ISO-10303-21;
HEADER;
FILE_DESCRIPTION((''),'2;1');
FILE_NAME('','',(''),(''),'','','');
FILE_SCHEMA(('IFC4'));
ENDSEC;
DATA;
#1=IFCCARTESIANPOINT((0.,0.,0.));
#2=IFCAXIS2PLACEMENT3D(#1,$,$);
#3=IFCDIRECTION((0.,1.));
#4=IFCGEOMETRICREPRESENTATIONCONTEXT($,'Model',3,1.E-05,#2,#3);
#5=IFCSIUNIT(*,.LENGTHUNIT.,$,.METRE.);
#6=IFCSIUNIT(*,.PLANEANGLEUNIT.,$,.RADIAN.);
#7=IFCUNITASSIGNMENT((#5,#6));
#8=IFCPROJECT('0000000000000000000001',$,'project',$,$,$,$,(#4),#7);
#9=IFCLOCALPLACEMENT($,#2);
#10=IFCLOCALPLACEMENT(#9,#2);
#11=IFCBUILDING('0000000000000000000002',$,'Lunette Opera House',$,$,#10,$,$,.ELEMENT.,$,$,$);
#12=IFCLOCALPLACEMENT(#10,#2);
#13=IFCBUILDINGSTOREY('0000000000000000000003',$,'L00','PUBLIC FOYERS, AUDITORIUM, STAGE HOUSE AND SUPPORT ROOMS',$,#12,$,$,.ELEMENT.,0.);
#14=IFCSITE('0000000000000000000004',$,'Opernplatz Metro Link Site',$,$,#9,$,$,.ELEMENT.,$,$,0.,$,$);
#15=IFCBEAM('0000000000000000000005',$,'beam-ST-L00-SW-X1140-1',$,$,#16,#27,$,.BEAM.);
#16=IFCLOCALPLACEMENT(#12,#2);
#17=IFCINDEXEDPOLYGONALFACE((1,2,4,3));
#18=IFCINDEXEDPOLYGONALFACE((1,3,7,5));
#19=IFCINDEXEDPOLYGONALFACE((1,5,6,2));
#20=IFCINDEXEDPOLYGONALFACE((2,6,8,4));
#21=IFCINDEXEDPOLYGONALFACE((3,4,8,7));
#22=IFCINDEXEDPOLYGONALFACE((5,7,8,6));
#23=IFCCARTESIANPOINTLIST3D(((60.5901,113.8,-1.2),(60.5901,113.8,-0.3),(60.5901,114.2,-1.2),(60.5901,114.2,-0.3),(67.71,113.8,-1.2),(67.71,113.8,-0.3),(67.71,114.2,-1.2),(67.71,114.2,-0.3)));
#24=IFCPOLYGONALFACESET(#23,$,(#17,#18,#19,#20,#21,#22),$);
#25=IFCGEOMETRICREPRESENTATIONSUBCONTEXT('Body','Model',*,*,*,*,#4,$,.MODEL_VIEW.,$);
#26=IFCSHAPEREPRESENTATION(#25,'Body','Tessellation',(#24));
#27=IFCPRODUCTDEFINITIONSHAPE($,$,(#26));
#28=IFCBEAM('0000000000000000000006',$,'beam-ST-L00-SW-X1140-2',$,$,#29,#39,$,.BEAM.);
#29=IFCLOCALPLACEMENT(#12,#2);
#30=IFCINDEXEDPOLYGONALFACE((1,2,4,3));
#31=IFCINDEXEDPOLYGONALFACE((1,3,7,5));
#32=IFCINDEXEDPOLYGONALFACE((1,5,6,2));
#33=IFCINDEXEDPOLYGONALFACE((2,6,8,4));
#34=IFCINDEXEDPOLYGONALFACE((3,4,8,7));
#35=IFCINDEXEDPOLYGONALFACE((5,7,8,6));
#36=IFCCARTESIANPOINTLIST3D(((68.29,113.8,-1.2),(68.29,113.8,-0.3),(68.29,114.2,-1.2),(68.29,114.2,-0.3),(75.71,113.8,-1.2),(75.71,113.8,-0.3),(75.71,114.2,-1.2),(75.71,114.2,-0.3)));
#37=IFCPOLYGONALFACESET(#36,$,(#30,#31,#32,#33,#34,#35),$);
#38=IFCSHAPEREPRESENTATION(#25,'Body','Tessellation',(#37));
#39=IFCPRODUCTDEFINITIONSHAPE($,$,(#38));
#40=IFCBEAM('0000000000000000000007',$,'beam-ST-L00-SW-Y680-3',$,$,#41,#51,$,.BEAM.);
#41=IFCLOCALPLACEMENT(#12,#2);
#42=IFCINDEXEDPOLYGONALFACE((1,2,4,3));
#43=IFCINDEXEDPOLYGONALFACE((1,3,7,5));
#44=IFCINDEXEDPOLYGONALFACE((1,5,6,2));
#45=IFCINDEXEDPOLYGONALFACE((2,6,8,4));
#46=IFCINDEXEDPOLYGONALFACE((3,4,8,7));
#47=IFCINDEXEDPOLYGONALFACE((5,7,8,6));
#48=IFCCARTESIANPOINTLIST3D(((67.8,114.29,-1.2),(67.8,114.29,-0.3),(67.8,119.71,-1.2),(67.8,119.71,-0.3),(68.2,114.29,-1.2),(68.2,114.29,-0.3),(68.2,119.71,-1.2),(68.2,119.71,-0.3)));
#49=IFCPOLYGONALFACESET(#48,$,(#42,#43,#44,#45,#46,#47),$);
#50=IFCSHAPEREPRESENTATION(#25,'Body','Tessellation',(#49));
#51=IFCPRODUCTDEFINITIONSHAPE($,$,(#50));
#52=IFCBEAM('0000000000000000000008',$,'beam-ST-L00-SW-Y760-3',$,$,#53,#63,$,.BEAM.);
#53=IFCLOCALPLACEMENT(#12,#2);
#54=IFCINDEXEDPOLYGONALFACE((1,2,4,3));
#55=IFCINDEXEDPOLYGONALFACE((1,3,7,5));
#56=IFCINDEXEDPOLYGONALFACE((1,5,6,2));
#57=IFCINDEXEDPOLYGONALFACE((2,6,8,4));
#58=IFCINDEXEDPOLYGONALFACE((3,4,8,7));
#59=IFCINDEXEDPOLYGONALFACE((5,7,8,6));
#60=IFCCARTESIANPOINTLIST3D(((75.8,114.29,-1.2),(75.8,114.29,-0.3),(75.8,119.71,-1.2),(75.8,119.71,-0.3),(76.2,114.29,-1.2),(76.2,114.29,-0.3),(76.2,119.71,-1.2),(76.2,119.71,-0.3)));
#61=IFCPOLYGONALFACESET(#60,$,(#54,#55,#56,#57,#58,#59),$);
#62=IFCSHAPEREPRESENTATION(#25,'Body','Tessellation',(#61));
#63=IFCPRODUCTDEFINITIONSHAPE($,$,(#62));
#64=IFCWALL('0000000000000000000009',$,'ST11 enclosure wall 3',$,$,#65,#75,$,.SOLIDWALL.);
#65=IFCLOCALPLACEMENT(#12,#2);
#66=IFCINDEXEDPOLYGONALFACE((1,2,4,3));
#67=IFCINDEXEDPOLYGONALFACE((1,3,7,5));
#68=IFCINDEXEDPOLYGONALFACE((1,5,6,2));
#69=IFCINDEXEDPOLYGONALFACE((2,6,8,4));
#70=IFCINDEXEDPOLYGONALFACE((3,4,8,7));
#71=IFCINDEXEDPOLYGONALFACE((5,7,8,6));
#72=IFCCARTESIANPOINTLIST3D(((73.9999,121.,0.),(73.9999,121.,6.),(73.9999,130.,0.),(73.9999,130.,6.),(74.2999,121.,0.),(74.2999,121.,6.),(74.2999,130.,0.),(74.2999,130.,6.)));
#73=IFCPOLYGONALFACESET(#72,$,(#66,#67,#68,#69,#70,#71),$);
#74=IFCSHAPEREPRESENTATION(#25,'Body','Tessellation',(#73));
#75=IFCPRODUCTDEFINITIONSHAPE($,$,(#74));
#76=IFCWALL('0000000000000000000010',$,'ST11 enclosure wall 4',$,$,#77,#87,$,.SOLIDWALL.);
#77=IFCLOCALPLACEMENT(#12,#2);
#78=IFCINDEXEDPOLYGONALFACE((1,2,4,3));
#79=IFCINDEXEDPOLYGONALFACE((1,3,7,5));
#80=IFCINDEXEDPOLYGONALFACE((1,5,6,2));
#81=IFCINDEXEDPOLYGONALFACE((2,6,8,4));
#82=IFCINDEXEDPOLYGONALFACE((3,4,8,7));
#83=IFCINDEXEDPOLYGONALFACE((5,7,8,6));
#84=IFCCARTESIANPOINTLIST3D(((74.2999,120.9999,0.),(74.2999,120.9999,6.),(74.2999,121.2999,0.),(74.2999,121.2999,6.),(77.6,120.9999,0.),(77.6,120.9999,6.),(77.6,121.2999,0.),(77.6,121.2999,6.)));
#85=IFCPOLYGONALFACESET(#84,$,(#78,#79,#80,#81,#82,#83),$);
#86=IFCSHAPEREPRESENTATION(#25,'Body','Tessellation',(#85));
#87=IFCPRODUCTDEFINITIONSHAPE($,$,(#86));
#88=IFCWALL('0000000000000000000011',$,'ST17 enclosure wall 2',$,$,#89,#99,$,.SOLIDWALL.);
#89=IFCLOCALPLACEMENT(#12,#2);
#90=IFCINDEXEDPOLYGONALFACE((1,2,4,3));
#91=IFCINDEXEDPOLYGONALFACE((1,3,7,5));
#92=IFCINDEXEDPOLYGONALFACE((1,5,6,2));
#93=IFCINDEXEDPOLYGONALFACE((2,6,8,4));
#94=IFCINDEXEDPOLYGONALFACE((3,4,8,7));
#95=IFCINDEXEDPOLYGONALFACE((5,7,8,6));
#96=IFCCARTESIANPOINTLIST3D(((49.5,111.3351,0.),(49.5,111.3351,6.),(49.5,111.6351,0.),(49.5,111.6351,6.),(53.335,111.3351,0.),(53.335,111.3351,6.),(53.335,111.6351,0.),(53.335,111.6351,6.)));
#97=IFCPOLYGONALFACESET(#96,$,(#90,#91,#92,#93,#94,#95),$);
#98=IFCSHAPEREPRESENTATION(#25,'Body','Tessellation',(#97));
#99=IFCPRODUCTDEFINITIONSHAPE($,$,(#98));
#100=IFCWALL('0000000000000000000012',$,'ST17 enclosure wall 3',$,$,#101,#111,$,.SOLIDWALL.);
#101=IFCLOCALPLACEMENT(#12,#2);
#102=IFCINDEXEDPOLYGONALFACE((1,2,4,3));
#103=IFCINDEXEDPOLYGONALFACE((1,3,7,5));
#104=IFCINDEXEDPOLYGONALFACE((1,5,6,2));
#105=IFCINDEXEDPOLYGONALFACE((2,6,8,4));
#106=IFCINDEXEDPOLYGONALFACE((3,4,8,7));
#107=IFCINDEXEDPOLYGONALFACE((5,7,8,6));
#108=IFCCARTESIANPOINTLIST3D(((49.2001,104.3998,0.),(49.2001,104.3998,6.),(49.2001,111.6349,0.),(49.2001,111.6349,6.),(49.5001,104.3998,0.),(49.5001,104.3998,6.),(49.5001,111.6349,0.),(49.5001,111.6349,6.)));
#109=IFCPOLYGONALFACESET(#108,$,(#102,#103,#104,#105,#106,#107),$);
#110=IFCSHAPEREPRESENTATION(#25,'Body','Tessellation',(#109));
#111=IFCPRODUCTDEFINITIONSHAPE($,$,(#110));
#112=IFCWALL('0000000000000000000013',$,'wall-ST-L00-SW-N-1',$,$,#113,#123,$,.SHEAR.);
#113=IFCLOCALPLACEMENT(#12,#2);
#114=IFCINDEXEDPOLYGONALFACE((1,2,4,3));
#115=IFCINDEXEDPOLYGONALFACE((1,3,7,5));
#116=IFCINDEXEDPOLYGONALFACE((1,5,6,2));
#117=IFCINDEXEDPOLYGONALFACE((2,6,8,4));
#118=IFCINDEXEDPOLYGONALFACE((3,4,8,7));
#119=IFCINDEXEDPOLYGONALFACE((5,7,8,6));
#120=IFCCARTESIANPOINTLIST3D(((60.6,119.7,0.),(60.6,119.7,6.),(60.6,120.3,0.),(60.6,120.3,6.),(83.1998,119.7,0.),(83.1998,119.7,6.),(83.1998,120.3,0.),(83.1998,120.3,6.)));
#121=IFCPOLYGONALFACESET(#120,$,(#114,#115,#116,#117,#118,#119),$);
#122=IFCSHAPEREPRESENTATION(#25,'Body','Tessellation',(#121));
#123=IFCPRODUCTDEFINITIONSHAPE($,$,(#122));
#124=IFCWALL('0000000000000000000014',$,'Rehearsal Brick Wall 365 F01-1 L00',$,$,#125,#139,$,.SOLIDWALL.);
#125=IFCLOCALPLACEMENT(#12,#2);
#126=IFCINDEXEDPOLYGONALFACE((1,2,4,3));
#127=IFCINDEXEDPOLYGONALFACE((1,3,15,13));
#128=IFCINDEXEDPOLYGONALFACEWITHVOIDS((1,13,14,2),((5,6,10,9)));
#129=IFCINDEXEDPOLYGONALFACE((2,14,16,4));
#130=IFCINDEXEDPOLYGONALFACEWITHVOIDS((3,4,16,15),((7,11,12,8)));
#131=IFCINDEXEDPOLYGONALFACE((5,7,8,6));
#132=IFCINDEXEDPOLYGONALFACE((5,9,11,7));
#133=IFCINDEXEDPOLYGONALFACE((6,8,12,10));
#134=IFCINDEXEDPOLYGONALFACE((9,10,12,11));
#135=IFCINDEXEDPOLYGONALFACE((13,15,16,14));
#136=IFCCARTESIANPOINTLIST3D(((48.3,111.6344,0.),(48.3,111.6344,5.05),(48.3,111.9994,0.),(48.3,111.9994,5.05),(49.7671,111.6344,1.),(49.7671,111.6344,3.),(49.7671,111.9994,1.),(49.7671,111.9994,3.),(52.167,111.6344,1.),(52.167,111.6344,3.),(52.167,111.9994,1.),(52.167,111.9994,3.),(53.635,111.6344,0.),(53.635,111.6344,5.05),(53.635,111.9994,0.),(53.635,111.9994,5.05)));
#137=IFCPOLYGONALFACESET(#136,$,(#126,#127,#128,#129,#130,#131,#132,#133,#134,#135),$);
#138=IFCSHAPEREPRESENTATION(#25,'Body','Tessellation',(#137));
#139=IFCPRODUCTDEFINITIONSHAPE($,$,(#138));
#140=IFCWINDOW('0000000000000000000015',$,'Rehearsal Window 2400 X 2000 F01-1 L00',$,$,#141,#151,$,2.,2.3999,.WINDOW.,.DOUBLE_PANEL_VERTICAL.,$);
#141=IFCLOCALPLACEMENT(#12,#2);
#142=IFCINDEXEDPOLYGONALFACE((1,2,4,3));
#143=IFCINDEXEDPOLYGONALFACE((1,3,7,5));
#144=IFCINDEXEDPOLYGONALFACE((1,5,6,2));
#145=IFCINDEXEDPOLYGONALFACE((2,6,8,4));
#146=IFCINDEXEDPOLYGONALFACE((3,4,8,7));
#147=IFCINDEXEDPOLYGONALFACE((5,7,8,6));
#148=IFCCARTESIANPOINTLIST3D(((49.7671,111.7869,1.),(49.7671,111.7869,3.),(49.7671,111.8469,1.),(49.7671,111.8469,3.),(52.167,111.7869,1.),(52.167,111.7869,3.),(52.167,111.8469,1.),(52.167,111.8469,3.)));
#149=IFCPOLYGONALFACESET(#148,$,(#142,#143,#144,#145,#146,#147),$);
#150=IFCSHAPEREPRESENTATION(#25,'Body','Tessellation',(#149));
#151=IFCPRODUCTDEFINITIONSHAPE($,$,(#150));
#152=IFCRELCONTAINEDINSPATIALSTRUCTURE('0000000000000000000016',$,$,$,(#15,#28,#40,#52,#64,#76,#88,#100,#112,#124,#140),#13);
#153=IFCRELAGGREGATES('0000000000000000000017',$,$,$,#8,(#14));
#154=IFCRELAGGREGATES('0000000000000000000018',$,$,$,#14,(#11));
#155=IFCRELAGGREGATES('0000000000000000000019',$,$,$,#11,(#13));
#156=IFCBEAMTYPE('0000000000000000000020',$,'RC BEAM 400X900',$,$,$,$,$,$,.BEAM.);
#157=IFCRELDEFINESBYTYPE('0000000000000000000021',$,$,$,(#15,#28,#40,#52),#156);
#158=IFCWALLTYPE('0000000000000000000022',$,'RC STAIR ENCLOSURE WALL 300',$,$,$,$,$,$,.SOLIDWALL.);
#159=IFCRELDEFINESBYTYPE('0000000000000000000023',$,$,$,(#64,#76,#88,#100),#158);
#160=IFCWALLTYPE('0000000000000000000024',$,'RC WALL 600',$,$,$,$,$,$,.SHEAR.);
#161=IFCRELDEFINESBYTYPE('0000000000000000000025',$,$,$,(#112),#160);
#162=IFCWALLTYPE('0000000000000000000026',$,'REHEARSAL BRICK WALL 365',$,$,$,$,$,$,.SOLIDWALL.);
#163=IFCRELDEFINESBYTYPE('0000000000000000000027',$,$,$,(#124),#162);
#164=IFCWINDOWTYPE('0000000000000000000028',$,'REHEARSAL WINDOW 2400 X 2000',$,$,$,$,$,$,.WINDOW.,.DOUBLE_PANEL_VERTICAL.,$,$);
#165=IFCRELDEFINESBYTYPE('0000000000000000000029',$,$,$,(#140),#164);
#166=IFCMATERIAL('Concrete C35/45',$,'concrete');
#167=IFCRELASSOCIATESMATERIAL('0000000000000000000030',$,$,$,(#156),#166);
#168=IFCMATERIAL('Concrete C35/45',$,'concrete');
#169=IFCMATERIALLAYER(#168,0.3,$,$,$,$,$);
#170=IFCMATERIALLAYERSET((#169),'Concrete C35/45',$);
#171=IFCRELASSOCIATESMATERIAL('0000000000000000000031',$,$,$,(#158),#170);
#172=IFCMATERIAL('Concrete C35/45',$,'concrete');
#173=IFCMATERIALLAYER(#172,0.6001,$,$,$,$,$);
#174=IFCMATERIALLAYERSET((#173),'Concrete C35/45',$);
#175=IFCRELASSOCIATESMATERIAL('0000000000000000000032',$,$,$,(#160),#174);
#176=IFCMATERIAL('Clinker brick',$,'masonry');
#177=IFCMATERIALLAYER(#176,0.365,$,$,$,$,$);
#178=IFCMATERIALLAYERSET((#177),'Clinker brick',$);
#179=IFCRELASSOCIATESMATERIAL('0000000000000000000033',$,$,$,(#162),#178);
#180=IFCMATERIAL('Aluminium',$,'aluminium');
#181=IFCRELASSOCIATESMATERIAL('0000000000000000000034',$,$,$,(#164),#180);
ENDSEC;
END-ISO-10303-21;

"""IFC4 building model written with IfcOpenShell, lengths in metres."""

from ifc_helpers import new_model, si_unit, direction, frame, frame_2d, origin, origin_2d, place, context, subcontext, project, spatial, rectangle, extrude, material, layer, layer_set, material_profile, profile_set, type_object, element, fill, save


model = new_model("IFC4")

# Units and contexts
model_context = context("Model", 3, precision=1e-05, world=origin(), true_north=direction((0.0, 1.0)))
body_context = subcontext(model_context, "Body", "Model", "MODEL_VIEW")
ifc_project = project(units=[si_unit("LENGTHUNIT", "METRE"), si_unit("PLANEANGLEUNIT", "RADIAN")], contexts=[model_context])

# Site, building, storey
site_placement = place(None, origin())
site = spatial("IfcSite", under=ifc_project, at=site_placement, Name="Opernplatz Metro Link Site", CompositionType="ELEMENT", RefElevation=0.0)
building_placement = place(site_placement, origin())
building = spatial("IfcBuilding", under=site, at=building_placement, Name="Lunette Opera House", CompositionType="ELEMENT")
storey_placement = place(building_placement, origin())
storey = spatial("IfcBuildingStorey", under=building, at=storey_placement, Name="L00", Description="PUBLIC FOYERS, AUDITORIUM, STAGE HOUSE AND SUPPORT ROOMS", CompositionType="ELEMENT", Elevation=0.0)

# Beams
ifc_material_1 = material(Name="Concrete C35/45", Category="concrete")
ifc_material_profile = material_profile(ifc_material_1, rectangle(XDim=0.3999, YDim=0.8999, at=origin_2d()), Name="RC BEAM 400X900")
ifc_profile_set = profile_set([ifc_material_profile], Name="Concrete C35/45")
beam_type = type_object("IfcBeamType", Name="RC BEAM 400X900", PredefinedType="BEAM", material=ifc_profile_set)
beam_1_placement = place(storey_placement, frame((60.5901, 114.0, -0.75), z_axis=(1.0, 0.0, 0.0), x_axis=(0.0, 1.0, 0.0)))
element("IfcBeam", 1, at=beam_1_placement, inside=storey, type_object=beam_type, Name="beam-ST-L00-SW-X1140-1", PredefinedType="BEAM", context=body_context, shape_type="SweptSolid", body=[
    extrude(rectangle(XDim=0.3999, YDim=0.8999, at=origin_2d()), origin(), (0.0, 0.0, 1.0), 7.1199),
])
beam_2_placement = place(storey_placement, frame((68.29, 114.0, -0.75), z_axis=(1.0, 0.0, 0.0), x_axis=(0.0, 1.0, 0.0)))
element("IfcBeam", 2, at=beam_2_placement, inside=storey, type_object=beam_type, Name="beam-ST-L00-SW-X1140-2", PredefinedType="BEAM", context=body_context, shape_type="SweptSolid", body=[
    extrude(rectangle(XDim=0.3999, YDim=0.8999, at=origin_2d()), origin(), (0.0, 0.0, 1.0), 7.4199),
])
for number, where, z_axis, x_axis, name in (
    (3, (68.0, 114.29, -0.75), (0.0, 1.0, 0.0), (-1.0, 0.0, 0.0), "beam-ST-L00-SW-Y680-3"),
    (4, (76.0, 114.29, -0.75), (0.0, 1.0, 0.0), (-1.0, 0.0, 0.0), "beam-ST-L00-SW-Y760-3"),
):
    element("IfcBeam", number, at=place(storey_placement, frame(where, z_axis=z_axis, x_axis=x_axis)), inside=storey, type_object=beam_type, Name=name, PredefinedType="BEAM", context=body_context, shape_type="SweptSolid", body=[
        extrude(rectangle(XDim=0.3999, YDim=0.8999, at=origin_2d()), origin(), (0.0, 0.0, 1.0), 5.4199),
    ])

# Walls
ifc_material_2 = material(Name="Concrete C35/45", Category="concrete")
ifc_layer_1 = layer(ifc_material_2, 0.3)
ifc_layer_set_1 = layer_set([ifc_layer_1], Name="Concrete C35/45")
wall_type_1 = type_object("IfcWallType", Name="RC STAIR ENCLOSURE WALL 300", PredefinedType="SOLIDWALL", material=ifc_layer_set_1)
wall_1_placement = place(storey_placement, frame((74.1499, 130.0, 0.0), z_axis=(0.0, 0.0, 1.0), x_axis=(0.0, -1.0, 0.0)))
element("IfcWall", 5, at=wall_1_placement, inside=storey, type_object=wall_type_1, Name="ST11 enclosure wall 3", PredefinedType="SOLIDWALL", context=body_context, shape_type="SweptSolid", body=[
    extrude(rectangle(XDim=9.0, YDim=0.3, at=frame_2d((4.5, 0.0))), origin(), (0.0, 0.0, 1.0), 6.0),
])
wall_2_placement = place(storey_placement, frame((74.3, 121.1499, 0.0), z_axis=(0.0, 0.0, 1.0), x_axis=(1.0, 0.0, 0.0)))
element("IfcWall", 6, at=wall_2_placement, inside=storey, type_object=wall_type_1, Name="ST11 enclosure wall 4", PredefinedType="SOLIDWALL", context=body_context, shape_type="SweptSolid", body=[
    extrude(rectangle(XDim=3.3, YDim=0.3, at=frame_2d((1.6499, 0.0))), origin(), (0.0, 0.0, 1.0), 6.0),
])
wall_3_placement = place(storey_placement, frame((53.335, 111.4851, 0.0), z_axis=(0.0, 0.0, 1.0), x_axis=(-1.0, 0.0, 0.0)))
element("IfcWall", 7, at=wall_3_placement, inside=storey, type_object=wall_type_1, Name="ST17 enclosure wall 2", PredefinedType="SOLIDWALL", context=body_context, shape_type="SweptSolid", body=[
    extrude(rectangle(XDim=3.835, YDim=0.3, at=frame_2d((1.9175, 0.0))), origin(), (0.0, 0.0, 1.0), 6.0),
])
wall_4_placement = place(storey_placement, frame((49.3501, 111.635, 0.0), z_axis=(0.0, 0.0, 1.0), x_axis=(0.0, -1.0, 0.0)))
element("IfcWall", 8, at=wall_4_placement, inside=storey, type_object=wall_type_1, Name="ST17 enclosure wall 3", PredefinedType="SOLIDWALL", context=body_context, shape_type="SweptSolid", body=[
    extrude(rectangle(XDim=7.2351, YDim=0.3, at=frame_2d((3.6177, 0.0))), origin(), (0.0, 0.0, 1.0), 6.0),
])
ifc_material_3 = material(Name="Concrete C35/45", Category="concrete")
ifc_layer_2 = layer(ifc_material_3, 0.6001)
ifc_layer_set_2 = layer_set([ifc_layer_2], Name="Concrete C35/45")
wall_type_2 = type_object("IfcWallType", Name="RC WALL 600", PredefinedType="SHEAR", material=ifc_layer_set_2)
wall_5_placement = place(storey_placement, frame((60.6001, 120.0, 0.0), z_axis=(0.0, 0.0, 1.0), x_axis=(1.0, 0.0, 0.0)))
element("IfcWall", 9, at=wall_5_placement, inside=storey, type_object=wall_type_2, Name="wall-ST-L00-SW-N-1", PredefinedType="SHEAR", context=body_context, shape_type="SweptSolid", body=[
    extrude(rectangle(XDim=22.5999, YDim=0.6001, at=frame_2d((11.2998, 0.0))), origin(), (0.0, 0.0, 1.0), 6.0),
])

# Wall, opening, window
ifc_material_4 = material(Name="Clinker brick", Category="masonry")
ifc_layer_3 = layer(ifc_material_4, 0.365)
ifc_layer_set_3 = layer_set([ifc_layer_3], Name="Clinker brick")
wall_type_3 = type_object("IfcWallType", Name="REHEARSAL BRICK WALL 365", PredefinedType="SOLIDWALL", material=ifc_layer_set_3)
wall_6_placement = place(storey_placement, frame((53.635, 111.8169, 0.0), z_axis=(0.0, 0.0, 1.0), x_axis=(-1.0, 0.0, 0.0)))
wall_6 = element("IfcWall", 10, at=wall_6_placement, inside=storey, type_object=wall_type_3, Name="Rehearsal Brick Wall 365 F01-1 L00", PredefinedType="SOLIDWALL", context=body_context, shape_type="SweptSolid", body=[
    extrude(rectangle(XDim=5.335, YDim=0.365, at=frame_2d((2.6675, 0.0))), origin(), (0.0, 0.0, 1.0), 5.05),
])
opening_placement = place(wall_6_placement, frame((1.468, 0.0, 1.0)))
opening = element("IfcOpeningElement", 11, at=opening_placement, cuts=wall_6, PredefinedType="OPENING", context=body_context, shape_type="SweptSolid", body=[
    extrude(rectangle(XDim=2.3999, YDim=2.0, at=frame_2d((1.2, 1.0))), frame((0.0, 0.1946, 0.0), z_axis=(0.0, -1.0, 0.0), x_axis=(1.0, 0.0, 0.0)), (0.0, 0.0, 1.0), 0.3889),
])
ifc_material_5 = material(Name="Aluminium", Category="aluminium")
window_type = type_object("IfcWindowType", Name="REHEARSAL WINDOW 2400 X 2000", PartitioningType="DOUBLE_PANEL_VERTICAL", PredefinedType="WINDOW", material=ifc_material_5)
window_placement = place(opening_placement, origin())
window = element("IfcWindow", 12, at=window_placement, inside=storey, type_object=window_type, Name="Rehearsal Window 2400 X 2000 F01-1 L00", OverallHeight=2.0, OverallWidth=2.3999, PartitioningType="DOUBLE_PANEL_VERTICAL", PredefinedType="WINDOW", context=body_context, shape_type="SweptSolid", body=[
    extrude(rectangle(XDim=2.3999, YDim=2.0, at=frame_2d((1.2, 1.0))), frame((0.0, 0.03, 0.0), z_axis=(0.0, -1.0, 0.0), x_axis=(1.0, 0.0, 0.0)), (0.0, 0.0, 1.0), 0.0601),
])
fill(opening, window)

save(model, "model.ifc")
